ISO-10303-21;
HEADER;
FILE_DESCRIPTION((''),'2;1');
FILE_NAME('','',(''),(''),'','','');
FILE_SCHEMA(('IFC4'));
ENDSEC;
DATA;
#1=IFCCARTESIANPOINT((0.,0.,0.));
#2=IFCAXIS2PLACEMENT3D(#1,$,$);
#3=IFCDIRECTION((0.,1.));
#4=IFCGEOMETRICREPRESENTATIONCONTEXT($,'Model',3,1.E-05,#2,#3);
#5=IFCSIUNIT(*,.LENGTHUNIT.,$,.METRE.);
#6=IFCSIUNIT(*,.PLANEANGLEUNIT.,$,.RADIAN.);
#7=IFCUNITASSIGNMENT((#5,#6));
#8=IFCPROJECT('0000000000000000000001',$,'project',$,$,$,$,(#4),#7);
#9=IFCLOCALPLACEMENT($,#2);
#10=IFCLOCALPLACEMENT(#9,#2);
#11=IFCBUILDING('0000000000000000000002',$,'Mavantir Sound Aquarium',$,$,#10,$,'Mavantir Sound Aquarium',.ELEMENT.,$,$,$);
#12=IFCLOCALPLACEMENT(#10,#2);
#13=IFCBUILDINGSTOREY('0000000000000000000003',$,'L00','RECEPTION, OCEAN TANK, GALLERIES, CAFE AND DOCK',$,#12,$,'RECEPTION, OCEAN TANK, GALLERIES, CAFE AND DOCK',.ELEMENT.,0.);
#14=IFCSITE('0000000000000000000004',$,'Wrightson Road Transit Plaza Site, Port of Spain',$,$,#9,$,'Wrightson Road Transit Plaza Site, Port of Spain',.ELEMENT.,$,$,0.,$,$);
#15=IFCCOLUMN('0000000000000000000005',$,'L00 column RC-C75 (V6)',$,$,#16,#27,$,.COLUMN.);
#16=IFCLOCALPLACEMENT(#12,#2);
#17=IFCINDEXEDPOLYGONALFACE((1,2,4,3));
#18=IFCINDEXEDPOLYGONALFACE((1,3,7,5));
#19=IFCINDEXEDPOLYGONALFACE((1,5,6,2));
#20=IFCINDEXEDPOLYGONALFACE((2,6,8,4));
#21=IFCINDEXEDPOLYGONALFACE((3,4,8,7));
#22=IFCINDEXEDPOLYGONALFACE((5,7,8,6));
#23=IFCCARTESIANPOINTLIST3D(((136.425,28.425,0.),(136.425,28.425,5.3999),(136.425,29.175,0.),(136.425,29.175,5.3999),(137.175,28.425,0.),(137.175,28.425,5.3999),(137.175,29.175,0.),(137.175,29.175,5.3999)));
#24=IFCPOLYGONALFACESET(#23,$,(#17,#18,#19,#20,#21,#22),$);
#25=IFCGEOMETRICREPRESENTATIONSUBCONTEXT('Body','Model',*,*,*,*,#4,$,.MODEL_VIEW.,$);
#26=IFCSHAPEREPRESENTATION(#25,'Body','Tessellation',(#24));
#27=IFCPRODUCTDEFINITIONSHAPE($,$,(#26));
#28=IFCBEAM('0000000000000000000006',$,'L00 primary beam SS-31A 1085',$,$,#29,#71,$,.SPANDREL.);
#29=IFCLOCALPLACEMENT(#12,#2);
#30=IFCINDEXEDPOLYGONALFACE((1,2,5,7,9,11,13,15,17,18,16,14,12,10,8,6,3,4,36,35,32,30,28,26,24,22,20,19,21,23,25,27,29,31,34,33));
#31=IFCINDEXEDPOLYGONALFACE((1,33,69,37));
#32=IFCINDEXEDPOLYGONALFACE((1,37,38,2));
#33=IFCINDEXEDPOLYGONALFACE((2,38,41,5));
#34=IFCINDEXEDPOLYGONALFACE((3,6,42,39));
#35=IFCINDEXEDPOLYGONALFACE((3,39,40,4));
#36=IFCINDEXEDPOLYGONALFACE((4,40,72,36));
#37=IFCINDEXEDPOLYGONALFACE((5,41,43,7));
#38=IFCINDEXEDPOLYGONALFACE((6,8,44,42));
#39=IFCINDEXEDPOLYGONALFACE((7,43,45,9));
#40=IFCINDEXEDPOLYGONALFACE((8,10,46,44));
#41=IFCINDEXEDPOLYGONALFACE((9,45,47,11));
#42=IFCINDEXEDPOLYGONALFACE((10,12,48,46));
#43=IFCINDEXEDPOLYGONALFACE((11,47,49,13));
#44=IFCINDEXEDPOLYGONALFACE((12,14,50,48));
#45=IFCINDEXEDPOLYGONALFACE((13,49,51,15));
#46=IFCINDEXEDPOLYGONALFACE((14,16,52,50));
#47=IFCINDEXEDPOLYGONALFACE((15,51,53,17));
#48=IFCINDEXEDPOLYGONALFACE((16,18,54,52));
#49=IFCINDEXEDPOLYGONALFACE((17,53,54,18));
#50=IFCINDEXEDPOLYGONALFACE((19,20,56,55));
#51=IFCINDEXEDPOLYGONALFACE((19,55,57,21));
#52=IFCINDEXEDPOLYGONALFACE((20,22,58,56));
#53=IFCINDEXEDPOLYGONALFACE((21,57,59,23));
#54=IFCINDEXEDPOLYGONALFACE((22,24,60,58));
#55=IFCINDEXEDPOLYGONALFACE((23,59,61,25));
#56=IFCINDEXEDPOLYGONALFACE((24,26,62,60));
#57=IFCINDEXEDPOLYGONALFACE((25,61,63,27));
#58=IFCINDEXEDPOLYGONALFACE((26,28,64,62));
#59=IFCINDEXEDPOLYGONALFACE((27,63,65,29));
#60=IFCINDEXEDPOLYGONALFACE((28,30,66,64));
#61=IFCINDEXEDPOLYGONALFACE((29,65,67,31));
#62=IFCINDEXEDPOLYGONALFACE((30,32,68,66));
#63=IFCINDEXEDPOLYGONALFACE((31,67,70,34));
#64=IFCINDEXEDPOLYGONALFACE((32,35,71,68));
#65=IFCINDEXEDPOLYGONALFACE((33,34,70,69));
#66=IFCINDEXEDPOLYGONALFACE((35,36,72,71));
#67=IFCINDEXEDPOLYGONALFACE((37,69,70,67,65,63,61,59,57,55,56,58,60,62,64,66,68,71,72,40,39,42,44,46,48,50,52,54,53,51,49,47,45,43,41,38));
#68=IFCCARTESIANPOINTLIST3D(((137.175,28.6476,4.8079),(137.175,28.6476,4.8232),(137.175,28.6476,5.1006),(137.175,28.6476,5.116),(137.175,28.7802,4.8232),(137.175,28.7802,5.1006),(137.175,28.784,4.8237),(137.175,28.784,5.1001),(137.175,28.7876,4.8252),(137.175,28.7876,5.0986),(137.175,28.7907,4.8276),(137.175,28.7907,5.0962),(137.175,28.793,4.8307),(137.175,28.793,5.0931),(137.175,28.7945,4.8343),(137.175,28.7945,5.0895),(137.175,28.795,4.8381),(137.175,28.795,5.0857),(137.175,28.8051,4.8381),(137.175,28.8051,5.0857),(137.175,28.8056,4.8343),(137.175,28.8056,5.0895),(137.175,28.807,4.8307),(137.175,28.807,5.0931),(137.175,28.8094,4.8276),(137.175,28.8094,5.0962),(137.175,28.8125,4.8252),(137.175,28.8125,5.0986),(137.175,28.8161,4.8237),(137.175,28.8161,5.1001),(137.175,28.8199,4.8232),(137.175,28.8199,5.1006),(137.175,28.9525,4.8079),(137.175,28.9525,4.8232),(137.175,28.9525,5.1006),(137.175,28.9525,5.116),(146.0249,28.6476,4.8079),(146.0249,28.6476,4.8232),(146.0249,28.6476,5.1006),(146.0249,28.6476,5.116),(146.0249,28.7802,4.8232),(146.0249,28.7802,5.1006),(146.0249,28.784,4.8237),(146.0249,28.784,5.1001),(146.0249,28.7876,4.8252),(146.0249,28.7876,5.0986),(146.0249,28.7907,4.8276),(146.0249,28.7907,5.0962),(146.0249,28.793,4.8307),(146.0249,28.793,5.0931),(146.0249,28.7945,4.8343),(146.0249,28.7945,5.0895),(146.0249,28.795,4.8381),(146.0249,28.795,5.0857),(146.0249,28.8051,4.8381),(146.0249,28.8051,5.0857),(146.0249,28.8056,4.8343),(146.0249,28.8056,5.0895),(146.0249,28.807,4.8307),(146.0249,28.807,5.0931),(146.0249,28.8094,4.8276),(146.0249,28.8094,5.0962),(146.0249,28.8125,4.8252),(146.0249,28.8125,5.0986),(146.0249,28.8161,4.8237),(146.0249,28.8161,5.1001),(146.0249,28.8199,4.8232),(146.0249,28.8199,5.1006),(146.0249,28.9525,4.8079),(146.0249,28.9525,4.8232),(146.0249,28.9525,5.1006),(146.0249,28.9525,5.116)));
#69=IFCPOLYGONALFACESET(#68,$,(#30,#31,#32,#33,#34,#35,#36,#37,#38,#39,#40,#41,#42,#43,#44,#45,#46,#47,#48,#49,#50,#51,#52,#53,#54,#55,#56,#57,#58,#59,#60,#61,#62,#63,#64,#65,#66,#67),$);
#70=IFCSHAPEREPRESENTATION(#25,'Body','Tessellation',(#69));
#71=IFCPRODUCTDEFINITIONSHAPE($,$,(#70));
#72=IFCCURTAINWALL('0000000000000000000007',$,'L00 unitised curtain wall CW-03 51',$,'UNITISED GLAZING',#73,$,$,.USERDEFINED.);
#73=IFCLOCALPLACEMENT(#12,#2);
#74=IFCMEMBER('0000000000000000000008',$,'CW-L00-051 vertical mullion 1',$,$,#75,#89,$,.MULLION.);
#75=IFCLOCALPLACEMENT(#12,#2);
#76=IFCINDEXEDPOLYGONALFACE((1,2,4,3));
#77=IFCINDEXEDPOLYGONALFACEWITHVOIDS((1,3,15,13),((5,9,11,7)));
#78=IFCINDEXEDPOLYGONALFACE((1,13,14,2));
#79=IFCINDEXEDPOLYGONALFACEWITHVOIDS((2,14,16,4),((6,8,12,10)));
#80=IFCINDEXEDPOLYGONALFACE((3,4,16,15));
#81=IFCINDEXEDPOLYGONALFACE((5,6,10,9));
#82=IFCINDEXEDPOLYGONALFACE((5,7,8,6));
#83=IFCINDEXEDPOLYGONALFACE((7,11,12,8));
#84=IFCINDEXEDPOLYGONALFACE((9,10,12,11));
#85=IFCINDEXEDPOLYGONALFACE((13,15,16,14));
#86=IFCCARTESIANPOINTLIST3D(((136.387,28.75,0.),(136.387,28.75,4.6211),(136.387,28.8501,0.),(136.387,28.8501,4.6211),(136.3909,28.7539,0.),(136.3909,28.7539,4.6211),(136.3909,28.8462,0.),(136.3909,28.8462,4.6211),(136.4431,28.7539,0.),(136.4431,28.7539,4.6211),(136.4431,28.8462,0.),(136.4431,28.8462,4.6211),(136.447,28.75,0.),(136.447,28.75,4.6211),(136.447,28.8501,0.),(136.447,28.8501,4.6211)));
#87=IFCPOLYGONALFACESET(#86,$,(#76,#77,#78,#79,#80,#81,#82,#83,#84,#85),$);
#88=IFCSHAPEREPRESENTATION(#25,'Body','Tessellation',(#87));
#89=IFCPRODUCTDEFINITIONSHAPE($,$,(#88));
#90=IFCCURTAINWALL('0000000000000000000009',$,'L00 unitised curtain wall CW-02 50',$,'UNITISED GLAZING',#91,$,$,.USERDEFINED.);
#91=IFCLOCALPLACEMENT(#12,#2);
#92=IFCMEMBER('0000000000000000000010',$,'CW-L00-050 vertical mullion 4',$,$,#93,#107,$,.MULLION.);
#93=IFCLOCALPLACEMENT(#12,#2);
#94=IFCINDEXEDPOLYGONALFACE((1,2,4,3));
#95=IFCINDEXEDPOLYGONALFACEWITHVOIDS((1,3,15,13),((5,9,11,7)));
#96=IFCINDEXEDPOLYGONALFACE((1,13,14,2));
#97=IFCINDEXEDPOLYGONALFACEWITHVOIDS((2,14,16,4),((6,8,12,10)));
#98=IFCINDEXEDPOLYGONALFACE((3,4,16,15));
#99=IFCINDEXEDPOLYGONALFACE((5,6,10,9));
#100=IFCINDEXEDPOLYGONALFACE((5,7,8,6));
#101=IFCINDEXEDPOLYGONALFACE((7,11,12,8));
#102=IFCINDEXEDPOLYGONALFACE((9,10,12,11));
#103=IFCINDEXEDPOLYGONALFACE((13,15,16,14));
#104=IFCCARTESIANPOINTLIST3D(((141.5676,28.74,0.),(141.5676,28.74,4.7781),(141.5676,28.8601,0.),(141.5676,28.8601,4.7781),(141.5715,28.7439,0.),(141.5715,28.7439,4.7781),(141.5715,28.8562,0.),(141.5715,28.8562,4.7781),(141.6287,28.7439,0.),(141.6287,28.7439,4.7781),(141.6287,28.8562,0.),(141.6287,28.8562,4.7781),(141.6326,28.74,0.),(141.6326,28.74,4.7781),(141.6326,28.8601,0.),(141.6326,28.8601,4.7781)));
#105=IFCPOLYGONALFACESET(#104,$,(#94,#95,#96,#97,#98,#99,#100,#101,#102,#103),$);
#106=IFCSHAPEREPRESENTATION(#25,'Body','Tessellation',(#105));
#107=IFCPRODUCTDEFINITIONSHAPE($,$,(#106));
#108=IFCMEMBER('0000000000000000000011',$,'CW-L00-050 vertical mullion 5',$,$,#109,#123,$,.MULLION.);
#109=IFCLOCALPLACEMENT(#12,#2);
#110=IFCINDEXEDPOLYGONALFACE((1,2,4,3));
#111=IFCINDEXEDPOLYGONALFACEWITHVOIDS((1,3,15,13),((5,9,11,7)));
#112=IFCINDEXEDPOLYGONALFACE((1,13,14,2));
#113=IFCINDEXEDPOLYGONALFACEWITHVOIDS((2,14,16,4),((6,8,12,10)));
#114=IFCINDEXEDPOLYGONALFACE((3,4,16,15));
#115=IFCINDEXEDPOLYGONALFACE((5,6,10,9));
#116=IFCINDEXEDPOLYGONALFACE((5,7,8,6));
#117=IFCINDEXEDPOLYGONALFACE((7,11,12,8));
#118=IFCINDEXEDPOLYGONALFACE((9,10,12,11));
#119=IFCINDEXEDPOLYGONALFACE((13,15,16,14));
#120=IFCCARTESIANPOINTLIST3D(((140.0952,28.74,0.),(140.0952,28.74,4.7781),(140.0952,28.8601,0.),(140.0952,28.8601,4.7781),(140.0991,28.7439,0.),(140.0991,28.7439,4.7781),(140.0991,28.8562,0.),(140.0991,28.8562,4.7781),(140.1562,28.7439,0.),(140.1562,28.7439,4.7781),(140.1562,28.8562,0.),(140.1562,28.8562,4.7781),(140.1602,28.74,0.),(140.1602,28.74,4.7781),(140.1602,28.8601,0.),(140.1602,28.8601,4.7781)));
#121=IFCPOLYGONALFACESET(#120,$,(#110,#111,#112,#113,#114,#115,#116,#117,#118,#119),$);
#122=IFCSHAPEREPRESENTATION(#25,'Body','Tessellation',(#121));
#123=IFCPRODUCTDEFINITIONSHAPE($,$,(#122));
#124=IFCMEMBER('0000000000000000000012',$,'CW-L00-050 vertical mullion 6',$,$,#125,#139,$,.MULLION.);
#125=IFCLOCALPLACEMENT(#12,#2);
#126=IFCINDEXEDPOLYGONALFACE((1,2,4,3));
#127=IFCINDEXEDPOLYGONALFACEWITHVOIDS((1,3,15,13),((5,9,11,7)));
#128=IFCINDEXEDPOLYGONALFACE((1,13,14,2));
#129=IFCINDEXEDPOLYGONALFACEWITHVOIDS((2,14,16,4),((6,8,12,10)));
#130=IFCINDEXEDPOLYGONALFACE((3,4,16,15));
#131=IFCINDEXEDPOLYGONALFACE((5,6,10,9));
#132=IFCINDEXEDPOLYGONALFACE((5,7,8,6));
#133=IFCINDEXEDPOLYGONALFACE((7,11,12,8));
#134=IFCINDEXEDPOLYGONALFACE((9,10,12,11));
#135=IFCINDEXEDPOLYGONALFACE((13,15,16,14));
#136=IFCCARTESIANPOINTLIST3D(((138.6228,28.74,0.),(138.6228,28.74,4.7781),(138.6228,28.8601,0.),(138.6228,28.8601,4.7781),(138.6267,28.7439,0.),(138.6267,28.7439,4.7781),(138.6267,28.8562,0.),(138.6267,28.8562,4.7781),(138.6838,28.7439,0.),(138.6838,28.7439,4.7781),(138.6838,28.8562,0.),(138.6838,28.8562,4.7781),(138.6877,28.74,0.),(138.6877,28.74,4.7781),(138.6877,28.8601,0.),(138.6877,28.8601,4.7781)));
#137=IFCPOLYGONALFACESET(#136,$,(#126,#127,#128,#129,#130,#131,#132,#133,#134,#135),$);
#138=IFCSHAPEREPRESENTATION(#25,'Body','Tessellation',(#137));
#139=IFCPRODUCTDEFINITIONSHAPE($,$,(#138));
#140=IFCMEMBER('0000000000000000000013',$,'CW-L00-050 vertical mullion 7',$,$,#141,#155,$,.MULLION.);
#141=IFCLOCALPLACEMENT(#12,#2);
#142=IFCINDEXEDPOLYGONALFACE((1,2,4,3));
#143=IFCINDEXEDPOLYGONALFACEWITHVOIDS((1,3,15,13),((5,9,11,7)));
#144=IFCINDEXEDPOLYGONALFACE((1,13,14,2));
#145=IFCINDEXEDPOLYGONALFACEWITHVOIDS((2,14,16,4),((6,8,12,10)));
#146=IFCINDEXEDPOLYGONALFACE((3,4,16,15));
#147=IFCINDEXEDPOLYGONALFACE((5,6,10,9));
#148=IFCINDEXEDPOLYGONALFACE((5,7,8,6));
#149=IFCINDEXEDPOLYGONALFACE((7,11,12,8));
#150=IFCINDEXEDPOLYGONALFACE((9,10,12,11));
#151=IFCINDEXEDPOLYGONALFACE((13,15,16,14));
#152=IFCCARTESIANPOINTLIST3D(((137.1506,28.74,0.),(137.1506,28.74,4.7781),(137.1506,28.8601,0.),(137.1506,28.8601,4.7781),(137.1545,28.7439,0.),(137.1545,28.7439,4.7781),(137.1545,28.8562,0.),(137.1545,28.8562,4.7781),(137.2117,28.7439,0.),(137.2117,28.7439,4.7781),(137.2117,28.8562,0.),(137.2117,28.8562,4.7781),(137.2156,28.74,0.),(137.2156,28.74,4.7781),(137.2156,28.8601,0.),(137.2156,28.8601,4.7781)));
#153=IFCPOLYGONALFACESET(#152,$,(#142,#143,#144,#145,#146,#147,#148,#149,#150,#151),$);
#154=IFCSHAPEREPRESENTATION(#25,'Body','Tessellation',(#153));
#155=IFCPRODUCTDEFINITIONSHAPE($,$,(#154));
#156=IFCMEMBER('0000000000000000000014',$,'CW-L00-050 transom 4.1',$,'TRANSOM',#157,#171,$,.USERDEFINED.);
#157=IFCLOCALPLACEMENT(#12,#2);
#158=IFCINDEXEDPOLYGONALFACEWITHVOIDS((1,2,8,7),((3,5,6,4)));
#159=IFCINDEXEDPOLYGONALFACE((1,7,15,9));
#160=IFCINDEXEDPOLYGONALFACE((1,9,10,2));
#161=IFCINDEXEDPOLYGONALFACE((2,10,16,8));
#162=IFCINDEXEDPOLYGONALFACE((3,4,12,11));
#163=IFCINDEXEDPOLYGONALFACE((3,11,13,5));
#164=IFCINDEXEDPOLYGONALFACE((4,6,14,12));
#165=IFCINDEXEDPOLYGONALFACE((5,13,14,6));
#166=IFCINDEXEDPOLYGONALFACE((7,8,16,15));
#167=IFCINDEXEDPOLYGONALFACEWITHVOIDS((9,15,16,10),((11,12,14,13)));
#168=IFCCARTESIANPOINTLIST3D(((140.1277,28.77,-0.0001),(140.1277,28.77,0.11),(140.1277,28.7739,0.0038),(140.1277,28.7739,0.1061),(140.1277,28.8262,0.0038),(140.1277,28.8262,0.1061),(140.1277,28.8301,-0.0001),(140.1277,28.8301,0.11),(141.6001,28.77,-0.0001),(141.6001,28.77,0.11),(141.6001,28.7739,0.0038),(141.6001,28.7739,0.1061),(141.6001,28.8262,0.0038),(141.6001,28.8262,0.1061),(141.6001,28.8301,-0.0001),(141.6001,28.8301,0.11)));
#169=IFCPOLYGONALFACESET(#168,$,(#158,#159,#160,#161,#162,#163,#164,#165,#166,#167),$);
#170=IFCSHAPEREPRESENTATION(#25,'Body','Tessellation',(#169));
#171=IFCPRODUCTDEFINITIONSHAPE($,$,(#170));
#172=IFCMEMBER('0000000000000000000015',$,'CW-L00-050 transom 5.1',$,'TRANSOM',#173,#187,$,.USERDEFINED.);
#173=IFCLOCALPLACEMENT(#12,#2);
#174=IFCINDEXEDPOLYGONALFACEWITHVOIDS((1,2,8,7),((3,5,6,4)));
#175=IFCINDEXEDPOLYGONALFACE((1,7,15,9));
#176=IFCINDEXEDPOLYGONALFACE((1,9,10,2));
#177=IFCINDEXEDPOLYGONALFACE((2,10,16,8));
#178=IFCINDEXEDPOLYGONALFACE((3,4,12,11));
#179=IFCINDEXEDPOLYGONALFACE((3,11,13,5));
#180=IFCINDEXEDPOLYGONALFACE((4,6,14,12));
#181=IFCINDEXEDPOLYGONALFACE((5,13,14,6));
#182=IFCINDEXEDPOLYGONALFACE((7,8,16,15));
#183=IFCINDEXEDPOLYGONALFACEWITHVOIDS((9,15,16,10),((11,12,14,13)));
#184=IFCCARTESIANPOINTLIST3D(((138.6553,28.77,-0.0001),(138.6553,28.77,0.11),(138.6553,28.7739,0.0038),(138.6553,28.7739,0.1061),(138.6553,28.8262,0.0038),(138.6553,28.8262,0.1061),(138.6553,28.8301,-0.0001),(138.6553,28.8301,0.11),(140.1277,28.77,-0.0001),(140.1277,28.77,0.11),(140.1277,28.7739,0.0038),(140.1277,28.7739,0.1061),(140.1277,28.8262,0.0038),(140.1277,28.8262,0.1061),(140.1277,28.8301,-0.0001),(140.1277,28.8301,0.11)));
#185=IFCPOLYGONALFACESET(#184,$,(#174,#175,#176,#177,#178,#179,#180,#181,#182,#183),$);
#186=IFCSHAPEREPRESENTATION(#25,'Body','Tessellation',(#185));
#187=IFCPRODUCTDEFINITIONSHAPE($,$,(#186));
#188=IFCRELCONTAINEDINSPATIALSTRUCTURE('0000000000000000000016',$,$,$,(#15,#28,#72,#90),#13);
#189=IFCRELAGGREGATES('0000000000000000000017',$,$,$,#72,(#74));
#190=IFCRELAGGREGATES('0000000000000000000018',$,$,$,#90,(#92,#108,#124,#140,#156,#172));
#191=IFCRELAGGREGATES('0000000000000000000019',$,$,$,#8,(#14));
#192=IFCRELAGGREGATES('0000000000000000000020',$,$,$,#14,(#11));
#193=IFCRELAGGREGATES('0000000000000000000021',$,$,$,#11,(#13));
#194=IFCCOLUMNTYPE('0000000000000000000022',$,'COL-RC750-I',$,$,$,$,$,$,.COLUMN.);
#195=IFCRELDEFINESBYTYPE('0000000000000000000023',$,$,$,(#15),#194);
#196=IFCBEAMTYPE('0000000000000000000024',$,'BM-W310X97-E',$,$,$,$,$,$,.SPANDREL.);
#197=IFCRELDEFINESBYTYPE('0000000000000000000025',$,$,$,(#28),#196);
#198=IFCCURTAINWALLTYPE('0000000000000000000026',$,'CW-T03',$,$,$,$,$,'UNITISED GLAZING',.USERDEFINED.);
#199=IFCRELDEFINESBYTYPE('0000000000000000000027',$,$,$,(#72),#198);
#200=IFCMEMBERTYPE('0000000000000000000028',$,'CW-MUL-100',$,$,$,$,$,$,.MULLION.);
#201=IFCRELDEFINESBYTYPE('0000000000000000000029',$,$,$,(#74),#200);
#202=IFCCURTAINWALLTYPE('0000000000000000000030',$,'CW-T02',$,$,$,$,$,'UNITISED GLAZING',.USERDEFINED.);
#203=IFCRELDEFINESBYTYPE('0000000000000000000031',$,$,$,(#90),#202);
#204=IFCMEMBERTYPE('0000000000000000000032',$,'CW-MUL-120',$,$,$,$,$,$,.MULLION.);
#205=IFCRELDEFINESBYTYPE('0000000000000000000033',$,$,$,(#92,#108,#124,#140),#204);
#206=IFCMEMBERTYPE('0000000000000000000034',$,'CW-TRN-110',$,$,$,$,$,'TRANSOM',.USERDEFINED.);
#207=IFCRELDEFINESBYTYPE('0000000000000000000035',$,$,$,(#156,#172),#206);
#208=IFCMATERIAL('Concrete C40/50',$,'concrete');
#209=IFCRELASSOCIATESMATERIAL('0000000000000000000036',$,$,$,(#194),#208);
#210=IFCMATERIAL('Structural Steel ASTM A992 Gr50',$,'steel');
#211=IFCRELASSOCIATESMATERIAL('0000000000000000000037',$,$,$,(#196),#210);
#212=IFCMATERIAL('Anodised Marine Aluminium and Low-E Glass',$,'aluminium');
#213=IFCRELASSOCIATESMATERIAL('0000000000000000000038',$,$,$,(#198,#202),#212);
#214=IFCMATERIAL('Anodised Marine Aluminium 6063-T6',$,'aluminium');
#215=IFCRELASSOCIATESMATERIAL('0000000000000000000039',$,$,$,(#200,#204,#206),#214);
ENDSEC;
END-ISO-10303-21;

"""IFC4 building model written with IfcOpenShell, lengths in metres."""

from ifc_helpers import new_model, si_unit, direction, frame, origin, origin_2d, place, context, subcontext, project, spatial, rectangle, hollow_rectangle, i_section, extrude, material, material_profile, profile_set, type_object, element, aggregate, save


model = new_model("IFC4")

# Units and contexts
model_context = context("Model", 3, precision=1e-05, world=origin(), true_north=direction((0.0, 1.0)))
body_context = subcontext(model_context, "Body", "Model", "MODEL_VIEW")
ifc_project = project(units=[si_unit("LENGTHUNIT", "METRE"), si_unit("PLANEANGLEUNIT", "RADIAN")], contexts=[model_context])

# Site, building, storey
site_placement = place(None, origin())
site = spatial("IfcSite", under=ifc_project, at=site_placement, Name="Wrightson Road Transit Plaza Site, Port of Spain", LongName="Wrightson Road Transit Plaza Site, Port of Spain", CompositionType="ELEMENT", RefElevation=0.0)
building_placement = place(site_placement, origin())
building = spatial("IfcBuilding", under=site, at=building_placement, Name="Mavantir Sound Aquarium", LongName="Mavantir Sound Aquarium", CompositionType="ELEMENT")
storey_placement = place(building_placement, origin())
storey = spatial("IfcBuildingStorey", under=building, at=storey_placement, Name="L00", Description="RECEPTION, OCEAN TANK, GALLERIES, CAFE AND DOCK", LongName="RECEPTION, OCEAN TANK, GALLERIES, CAFE AND DOCK", CompositionType="ELEMENT", Elevation=0.0)

# Column
ifc_material_1 = material(Name="Concrete C40/50", Category="concrete")
ifc_material_profile_1 = material_profile(ifc_material_1, rectangle(XDim=0.75, YDim=0.75, at=origin_2d()), Name="RC 750X750")
ifc_profile_set_1 = profile_set([ifc_material_profile_1], Name="Concrete C40/50")
column_type = type_object("IfcColumnType", Name="COL-RC750-I", PredefinedType="COLUMN", material=ifc_profile_set_1)
column_placement = place(storey_placement, frame((136.8, 28.8, 0.0), z_axis=(0.0, 0.0, 1.0), x_axis=(1.0, 0.0, 0.0)))
element("IfcColumn", 1, at=column_placement, inside=storey, type_object=column_type, Name="L00 column RC-C75 (V6)", PredefinedType="COLUMN", context=body_context, shape_type="SweptSolid", body=[
    extrude(rectangle(XDim=0.75, YDim=0.75, at=origin_2d()), origin(), (0.0, 0.0, 1.0), 5.3999),
])

# Beam
ifc_material_2 = material(Name="Structural Steel ASTM A992 Gr50", Category="steel")
ifc_material_profile_2 = material_profile(ifc_material_2, i_section(OverallWidth=0.3049, OverallDepth=0.3081, WebThickness=0.01, FlangeThickness=0.0154, FilletRadius=0.0149, at=origin_2d()), Name="W310X97")
ifc_profile_set_2 = profile_set([ifc_material_profile_2], Name="Structural Steel ASTM A992 Gr50")
beam_type = type_object("IfcBeamType", Name="BM-W310X97-E", PredefinedType="SPANDREL", material=ifc_profile_set_2)
beam_placement = place(storey_placement, frame((137.175, 28.8, 4.9619), z_axis=(1.0, 0.0, 0.0), x_axis=(0.0, 1.0, 0.0)))
element("IfcBeam", 2, at=beam_placement, inside=storey, type_object=beam_type, Name="L00 primary beam SS-31A 1085", PredefinedType="SPANDREL", context=body_context, shape_type="SweptSolid", body=[
    extrude(i_section(OverallWidth=0.3049, OverallDepth=0.3081, WebThickness=0.01, FlangeThickness=0.0154, FilletRadius=0.0149, at=origin_2d()), origin(), (0.0, 0.0, 1.0), 8.8499),
])

# Curtain wall, member
ifc_material_3 = material(Name="Anodised Marine Aluminium and Low-E Glass", Category="aluminium")
curtain_wall_type_1 = type_object("IfcCurtainWallType", Name="CW-T03", ElementType="UNITISED GLAZING", PredefinedType="USERDEFINED", material=ifc_material_3)
curtain_wall_1_placement = place(storey_placement, origin())
curtain_wall_1 = element("IfcCurtainWall", 3, at=curtain_wall_1_placement, inside=storey, type_object=curtain_wall_type_1, Name="L00 unitised curtain wall CW-03 51", ObjectType="UNITISED GLAZING", PredefinedType="USERDEFINED")
ifc_material_4 = material(Name="Anodised Marine Aluminium 6063-T6", Category="aluminium")
ifc_material_profile_3 = material_profile(ifc_material_4, hollow_rectangle(XDim=0.0601, YDim=0.1001, WallThickness=0.0039, at=origin_2d()), Name="ALU-MULLION-100X60")
ifc_profile_set_3 = profile_set([ifc_material_profile_3], Name="Anodised Marine Aluminium 6063-T6")
member_type_1 = type_object("IfcMemberType", Name="CW-MUL-100", PredefinedType="MULLION", material=ifc_profile_set_3)
member_1_placement = place(storey_placement, frame((136.417, 28.8, 0.0), z_axis=(0.0, 0.0, 1.0), x_axis=(1.0, 0.0, 0.0)))
member_1 = element("IfcMember", 4, at=member_1_placement, type_object=member_type_1, Name="CW-L00-051 vertical mullion 1", PredefinedType="MULLION", context=body_context, shape_type="SweptSolid", body=[
    extrude(hollow_rectangle(XDim=0.0601, YDim=0.1001, WallThickness=0.0039, at=origin_2d()), origin(), (0.0, 0.0, 1.0), 4.6211),
])

# Curtain wall, members
curtain_wall_type_2 = type_object("IfcCurtainWallType", Name="CW-T02", ElementType="UNITISED GLAZING", PredefinedType="USERDEFINED", material=ifc_material_3)
curtain_wall_2_placement = place(storey_placement, origin())
curtain_wall_2 = element("IfcCurtainWall", 5, at=curtain_wall_2_placement, inside=storey, type_object=curtain_wall_type_2, Name="L00 unitised curtain wall CW-02 50", ObjectType="UNITISED GLAZING", PredefinedType="USERDEFINED")
ifc_material_profile_4 = material_profile(ifc_material_4, hollow_rectangle(XDim=0.0649, YDim=0.1201, WallThickness=0.0039, at=origin_2d()), Name="ALU-MULLION-120X65")
ifc_profile_set_4 = profile_set([ifc_material_profile_4], Name="Anodised Marine Aluminium 6063-T6")
member_type_2 = type_object("IfcMemberType", Name="CW-MUL-120", PredefinedType="MULLION", material=ifc_profile_set_4)
member_2_placement = place(storey_placement, frame((141.6001, 28.8, 0.0), z_axis=(0.0, 0.0, 1.0), x_axis=(1.0, 0.0, 0.0)))
member_2 = element("IfcMember", 6, at=member_2_placement, type_object=member_type_2, Name="CW-L00-050 vertical mullion 4", PredefinedType="MULLION", context=body_context, shape_type="SweptSolid", body=[
    extrude(hollow_rectangle(XDim=0.0649, YDim=0.1201, WallThickness=0.0039, at=origin_2d()), origin(), (0.0, 0.0, 1.0), 4.7781),
])
member_3_placement = place(storey_placement, frame((140.1277, 28.8, 0.0), z_axis=(0.0, 0.0, 1.0), x_axis=(1.0, 0.0, 0.0)))
member_3 = element("IfcMember", 7, at=member_3_placement, type_object=member_type_2, Name="CW-L00-050 vertical mullion 5", PredefinedType="MULLION", context=body_context, shape_type="SweptSolid", body=[
    extrude(hollow_rectangle(XDim=0.0649, YDim=0.1201, WallThickness=0.0039, at=origin_2d()), origin(), (0.0, 0.0, 1.0), 4.7781),
])
member_4_placement = place(storey_placement, frame((138.6553, 28.8, 0.0), z_axis=(0.0, 0.0, 1.0), x_axis=(1.0, 0.0, 0.0)))
member_4 = element("IfcMember", 8, at=member_4_placement, type_object=member_type_2, Name="CW-L00-050 vertical mullion 6", PredefinedType="MULLION", context=body_context, shape_type="SweptSolid", body=[
    extrude(hollow_rectangle(XDim=0.0649, YDim=0.1201, WallThickness=0.0039, at=origin_2d()), origin(), (0.0, 0.0, 1.0), 4.7781),
])
member_5_placement = place(storey_placement, frame((137.1831, 28.8, 0.0), z_axis=(0.0, 0.0, 1.0), x_axis=(1.0, 0.0, 0.0)))
member_5 = element("IfcMember", 9, at=member_5_placement, type_object=member_type_2, Name="CW-L00-050 vertical mullion 7", PredefinedType="MULLION", context=body_context, shape_type="SweptSolid", body=[
    extrude(hollow_rectangle(XDim=0.0649, YDim=0.1201, WallThickness=0.0039, at=origin_2d()), origin(), (0.0, 0.0, 1.0), 4.7781),
])
ifc_material_profile_5 = material_profile(ifc_material_4, hollow_rectangle(XDim=0.0601, YDim=0.1101, WallThickness=0.0039, at=origin_2d()), Name="ALU-TRANSOM-110X60")
ifc_profile_set_5 = profile_set([ifc_material_profile_5], Name="Anodised Marine Aluminium 6063-T6")
member_type_3 = type_object("IfcMemberType", Name="CW-TRN-110", ElementType="TRANSOM", PredefinedType="USERDEFINED", material=ifc_profile_set_5)
member_6_placement = place(storey_placement, frame((141.6001, 28.8, 0.0549), z_axis=(-1.0, 0.0, 0.0), x_axis=(0.0, -1.0, 0.0)))
member_6 = element("IfcMember", 10, at=member_6_placement, type_object=member_type_3, Name="CW-L00-050 transom 4.1", ObjectType="TRANSOM", PredefinedType="USERDEFINED", context=body_context, shape_type="SweptSolid", body=[
    extrude(hollow_rectangle(XDim=0.0601, YDim=0.1101, WallThickness=0.0039, at=origin_2d()), origin(), (0.0, 0.0, 1.0), 1.4724),
])
member_7_placement = place(storey_placement, frame((140.1277, 28.8, 0.0549), z_axis=(-1.0, 0.0, 0.0), x_axis=(0.0, -1.0, 0.0)))
member_7 = element("IfcMember", 11, at=member_7_placement, type_object=member_type_3, Name="CW-L00-050 transom 5.1", ObjectType="TRANSOM", PredefinedType="USERDEFINED", context=body_context, shape_type="SweptSolid", body=[
    extrude(hollow_rectangle(XDim=0.0601, YDim=0.1101, WallThickness=0.0039, at=origin_2d()), origin(), (0.0, 0.0, 1.0), 1.4724),
])

aggregate(curtain_wall_1, [member_1])
aggregate(curtain_wall_2, [member_2, member_3, member_4, member_5, member_6, member_7])

save(model, "model.ifc")
